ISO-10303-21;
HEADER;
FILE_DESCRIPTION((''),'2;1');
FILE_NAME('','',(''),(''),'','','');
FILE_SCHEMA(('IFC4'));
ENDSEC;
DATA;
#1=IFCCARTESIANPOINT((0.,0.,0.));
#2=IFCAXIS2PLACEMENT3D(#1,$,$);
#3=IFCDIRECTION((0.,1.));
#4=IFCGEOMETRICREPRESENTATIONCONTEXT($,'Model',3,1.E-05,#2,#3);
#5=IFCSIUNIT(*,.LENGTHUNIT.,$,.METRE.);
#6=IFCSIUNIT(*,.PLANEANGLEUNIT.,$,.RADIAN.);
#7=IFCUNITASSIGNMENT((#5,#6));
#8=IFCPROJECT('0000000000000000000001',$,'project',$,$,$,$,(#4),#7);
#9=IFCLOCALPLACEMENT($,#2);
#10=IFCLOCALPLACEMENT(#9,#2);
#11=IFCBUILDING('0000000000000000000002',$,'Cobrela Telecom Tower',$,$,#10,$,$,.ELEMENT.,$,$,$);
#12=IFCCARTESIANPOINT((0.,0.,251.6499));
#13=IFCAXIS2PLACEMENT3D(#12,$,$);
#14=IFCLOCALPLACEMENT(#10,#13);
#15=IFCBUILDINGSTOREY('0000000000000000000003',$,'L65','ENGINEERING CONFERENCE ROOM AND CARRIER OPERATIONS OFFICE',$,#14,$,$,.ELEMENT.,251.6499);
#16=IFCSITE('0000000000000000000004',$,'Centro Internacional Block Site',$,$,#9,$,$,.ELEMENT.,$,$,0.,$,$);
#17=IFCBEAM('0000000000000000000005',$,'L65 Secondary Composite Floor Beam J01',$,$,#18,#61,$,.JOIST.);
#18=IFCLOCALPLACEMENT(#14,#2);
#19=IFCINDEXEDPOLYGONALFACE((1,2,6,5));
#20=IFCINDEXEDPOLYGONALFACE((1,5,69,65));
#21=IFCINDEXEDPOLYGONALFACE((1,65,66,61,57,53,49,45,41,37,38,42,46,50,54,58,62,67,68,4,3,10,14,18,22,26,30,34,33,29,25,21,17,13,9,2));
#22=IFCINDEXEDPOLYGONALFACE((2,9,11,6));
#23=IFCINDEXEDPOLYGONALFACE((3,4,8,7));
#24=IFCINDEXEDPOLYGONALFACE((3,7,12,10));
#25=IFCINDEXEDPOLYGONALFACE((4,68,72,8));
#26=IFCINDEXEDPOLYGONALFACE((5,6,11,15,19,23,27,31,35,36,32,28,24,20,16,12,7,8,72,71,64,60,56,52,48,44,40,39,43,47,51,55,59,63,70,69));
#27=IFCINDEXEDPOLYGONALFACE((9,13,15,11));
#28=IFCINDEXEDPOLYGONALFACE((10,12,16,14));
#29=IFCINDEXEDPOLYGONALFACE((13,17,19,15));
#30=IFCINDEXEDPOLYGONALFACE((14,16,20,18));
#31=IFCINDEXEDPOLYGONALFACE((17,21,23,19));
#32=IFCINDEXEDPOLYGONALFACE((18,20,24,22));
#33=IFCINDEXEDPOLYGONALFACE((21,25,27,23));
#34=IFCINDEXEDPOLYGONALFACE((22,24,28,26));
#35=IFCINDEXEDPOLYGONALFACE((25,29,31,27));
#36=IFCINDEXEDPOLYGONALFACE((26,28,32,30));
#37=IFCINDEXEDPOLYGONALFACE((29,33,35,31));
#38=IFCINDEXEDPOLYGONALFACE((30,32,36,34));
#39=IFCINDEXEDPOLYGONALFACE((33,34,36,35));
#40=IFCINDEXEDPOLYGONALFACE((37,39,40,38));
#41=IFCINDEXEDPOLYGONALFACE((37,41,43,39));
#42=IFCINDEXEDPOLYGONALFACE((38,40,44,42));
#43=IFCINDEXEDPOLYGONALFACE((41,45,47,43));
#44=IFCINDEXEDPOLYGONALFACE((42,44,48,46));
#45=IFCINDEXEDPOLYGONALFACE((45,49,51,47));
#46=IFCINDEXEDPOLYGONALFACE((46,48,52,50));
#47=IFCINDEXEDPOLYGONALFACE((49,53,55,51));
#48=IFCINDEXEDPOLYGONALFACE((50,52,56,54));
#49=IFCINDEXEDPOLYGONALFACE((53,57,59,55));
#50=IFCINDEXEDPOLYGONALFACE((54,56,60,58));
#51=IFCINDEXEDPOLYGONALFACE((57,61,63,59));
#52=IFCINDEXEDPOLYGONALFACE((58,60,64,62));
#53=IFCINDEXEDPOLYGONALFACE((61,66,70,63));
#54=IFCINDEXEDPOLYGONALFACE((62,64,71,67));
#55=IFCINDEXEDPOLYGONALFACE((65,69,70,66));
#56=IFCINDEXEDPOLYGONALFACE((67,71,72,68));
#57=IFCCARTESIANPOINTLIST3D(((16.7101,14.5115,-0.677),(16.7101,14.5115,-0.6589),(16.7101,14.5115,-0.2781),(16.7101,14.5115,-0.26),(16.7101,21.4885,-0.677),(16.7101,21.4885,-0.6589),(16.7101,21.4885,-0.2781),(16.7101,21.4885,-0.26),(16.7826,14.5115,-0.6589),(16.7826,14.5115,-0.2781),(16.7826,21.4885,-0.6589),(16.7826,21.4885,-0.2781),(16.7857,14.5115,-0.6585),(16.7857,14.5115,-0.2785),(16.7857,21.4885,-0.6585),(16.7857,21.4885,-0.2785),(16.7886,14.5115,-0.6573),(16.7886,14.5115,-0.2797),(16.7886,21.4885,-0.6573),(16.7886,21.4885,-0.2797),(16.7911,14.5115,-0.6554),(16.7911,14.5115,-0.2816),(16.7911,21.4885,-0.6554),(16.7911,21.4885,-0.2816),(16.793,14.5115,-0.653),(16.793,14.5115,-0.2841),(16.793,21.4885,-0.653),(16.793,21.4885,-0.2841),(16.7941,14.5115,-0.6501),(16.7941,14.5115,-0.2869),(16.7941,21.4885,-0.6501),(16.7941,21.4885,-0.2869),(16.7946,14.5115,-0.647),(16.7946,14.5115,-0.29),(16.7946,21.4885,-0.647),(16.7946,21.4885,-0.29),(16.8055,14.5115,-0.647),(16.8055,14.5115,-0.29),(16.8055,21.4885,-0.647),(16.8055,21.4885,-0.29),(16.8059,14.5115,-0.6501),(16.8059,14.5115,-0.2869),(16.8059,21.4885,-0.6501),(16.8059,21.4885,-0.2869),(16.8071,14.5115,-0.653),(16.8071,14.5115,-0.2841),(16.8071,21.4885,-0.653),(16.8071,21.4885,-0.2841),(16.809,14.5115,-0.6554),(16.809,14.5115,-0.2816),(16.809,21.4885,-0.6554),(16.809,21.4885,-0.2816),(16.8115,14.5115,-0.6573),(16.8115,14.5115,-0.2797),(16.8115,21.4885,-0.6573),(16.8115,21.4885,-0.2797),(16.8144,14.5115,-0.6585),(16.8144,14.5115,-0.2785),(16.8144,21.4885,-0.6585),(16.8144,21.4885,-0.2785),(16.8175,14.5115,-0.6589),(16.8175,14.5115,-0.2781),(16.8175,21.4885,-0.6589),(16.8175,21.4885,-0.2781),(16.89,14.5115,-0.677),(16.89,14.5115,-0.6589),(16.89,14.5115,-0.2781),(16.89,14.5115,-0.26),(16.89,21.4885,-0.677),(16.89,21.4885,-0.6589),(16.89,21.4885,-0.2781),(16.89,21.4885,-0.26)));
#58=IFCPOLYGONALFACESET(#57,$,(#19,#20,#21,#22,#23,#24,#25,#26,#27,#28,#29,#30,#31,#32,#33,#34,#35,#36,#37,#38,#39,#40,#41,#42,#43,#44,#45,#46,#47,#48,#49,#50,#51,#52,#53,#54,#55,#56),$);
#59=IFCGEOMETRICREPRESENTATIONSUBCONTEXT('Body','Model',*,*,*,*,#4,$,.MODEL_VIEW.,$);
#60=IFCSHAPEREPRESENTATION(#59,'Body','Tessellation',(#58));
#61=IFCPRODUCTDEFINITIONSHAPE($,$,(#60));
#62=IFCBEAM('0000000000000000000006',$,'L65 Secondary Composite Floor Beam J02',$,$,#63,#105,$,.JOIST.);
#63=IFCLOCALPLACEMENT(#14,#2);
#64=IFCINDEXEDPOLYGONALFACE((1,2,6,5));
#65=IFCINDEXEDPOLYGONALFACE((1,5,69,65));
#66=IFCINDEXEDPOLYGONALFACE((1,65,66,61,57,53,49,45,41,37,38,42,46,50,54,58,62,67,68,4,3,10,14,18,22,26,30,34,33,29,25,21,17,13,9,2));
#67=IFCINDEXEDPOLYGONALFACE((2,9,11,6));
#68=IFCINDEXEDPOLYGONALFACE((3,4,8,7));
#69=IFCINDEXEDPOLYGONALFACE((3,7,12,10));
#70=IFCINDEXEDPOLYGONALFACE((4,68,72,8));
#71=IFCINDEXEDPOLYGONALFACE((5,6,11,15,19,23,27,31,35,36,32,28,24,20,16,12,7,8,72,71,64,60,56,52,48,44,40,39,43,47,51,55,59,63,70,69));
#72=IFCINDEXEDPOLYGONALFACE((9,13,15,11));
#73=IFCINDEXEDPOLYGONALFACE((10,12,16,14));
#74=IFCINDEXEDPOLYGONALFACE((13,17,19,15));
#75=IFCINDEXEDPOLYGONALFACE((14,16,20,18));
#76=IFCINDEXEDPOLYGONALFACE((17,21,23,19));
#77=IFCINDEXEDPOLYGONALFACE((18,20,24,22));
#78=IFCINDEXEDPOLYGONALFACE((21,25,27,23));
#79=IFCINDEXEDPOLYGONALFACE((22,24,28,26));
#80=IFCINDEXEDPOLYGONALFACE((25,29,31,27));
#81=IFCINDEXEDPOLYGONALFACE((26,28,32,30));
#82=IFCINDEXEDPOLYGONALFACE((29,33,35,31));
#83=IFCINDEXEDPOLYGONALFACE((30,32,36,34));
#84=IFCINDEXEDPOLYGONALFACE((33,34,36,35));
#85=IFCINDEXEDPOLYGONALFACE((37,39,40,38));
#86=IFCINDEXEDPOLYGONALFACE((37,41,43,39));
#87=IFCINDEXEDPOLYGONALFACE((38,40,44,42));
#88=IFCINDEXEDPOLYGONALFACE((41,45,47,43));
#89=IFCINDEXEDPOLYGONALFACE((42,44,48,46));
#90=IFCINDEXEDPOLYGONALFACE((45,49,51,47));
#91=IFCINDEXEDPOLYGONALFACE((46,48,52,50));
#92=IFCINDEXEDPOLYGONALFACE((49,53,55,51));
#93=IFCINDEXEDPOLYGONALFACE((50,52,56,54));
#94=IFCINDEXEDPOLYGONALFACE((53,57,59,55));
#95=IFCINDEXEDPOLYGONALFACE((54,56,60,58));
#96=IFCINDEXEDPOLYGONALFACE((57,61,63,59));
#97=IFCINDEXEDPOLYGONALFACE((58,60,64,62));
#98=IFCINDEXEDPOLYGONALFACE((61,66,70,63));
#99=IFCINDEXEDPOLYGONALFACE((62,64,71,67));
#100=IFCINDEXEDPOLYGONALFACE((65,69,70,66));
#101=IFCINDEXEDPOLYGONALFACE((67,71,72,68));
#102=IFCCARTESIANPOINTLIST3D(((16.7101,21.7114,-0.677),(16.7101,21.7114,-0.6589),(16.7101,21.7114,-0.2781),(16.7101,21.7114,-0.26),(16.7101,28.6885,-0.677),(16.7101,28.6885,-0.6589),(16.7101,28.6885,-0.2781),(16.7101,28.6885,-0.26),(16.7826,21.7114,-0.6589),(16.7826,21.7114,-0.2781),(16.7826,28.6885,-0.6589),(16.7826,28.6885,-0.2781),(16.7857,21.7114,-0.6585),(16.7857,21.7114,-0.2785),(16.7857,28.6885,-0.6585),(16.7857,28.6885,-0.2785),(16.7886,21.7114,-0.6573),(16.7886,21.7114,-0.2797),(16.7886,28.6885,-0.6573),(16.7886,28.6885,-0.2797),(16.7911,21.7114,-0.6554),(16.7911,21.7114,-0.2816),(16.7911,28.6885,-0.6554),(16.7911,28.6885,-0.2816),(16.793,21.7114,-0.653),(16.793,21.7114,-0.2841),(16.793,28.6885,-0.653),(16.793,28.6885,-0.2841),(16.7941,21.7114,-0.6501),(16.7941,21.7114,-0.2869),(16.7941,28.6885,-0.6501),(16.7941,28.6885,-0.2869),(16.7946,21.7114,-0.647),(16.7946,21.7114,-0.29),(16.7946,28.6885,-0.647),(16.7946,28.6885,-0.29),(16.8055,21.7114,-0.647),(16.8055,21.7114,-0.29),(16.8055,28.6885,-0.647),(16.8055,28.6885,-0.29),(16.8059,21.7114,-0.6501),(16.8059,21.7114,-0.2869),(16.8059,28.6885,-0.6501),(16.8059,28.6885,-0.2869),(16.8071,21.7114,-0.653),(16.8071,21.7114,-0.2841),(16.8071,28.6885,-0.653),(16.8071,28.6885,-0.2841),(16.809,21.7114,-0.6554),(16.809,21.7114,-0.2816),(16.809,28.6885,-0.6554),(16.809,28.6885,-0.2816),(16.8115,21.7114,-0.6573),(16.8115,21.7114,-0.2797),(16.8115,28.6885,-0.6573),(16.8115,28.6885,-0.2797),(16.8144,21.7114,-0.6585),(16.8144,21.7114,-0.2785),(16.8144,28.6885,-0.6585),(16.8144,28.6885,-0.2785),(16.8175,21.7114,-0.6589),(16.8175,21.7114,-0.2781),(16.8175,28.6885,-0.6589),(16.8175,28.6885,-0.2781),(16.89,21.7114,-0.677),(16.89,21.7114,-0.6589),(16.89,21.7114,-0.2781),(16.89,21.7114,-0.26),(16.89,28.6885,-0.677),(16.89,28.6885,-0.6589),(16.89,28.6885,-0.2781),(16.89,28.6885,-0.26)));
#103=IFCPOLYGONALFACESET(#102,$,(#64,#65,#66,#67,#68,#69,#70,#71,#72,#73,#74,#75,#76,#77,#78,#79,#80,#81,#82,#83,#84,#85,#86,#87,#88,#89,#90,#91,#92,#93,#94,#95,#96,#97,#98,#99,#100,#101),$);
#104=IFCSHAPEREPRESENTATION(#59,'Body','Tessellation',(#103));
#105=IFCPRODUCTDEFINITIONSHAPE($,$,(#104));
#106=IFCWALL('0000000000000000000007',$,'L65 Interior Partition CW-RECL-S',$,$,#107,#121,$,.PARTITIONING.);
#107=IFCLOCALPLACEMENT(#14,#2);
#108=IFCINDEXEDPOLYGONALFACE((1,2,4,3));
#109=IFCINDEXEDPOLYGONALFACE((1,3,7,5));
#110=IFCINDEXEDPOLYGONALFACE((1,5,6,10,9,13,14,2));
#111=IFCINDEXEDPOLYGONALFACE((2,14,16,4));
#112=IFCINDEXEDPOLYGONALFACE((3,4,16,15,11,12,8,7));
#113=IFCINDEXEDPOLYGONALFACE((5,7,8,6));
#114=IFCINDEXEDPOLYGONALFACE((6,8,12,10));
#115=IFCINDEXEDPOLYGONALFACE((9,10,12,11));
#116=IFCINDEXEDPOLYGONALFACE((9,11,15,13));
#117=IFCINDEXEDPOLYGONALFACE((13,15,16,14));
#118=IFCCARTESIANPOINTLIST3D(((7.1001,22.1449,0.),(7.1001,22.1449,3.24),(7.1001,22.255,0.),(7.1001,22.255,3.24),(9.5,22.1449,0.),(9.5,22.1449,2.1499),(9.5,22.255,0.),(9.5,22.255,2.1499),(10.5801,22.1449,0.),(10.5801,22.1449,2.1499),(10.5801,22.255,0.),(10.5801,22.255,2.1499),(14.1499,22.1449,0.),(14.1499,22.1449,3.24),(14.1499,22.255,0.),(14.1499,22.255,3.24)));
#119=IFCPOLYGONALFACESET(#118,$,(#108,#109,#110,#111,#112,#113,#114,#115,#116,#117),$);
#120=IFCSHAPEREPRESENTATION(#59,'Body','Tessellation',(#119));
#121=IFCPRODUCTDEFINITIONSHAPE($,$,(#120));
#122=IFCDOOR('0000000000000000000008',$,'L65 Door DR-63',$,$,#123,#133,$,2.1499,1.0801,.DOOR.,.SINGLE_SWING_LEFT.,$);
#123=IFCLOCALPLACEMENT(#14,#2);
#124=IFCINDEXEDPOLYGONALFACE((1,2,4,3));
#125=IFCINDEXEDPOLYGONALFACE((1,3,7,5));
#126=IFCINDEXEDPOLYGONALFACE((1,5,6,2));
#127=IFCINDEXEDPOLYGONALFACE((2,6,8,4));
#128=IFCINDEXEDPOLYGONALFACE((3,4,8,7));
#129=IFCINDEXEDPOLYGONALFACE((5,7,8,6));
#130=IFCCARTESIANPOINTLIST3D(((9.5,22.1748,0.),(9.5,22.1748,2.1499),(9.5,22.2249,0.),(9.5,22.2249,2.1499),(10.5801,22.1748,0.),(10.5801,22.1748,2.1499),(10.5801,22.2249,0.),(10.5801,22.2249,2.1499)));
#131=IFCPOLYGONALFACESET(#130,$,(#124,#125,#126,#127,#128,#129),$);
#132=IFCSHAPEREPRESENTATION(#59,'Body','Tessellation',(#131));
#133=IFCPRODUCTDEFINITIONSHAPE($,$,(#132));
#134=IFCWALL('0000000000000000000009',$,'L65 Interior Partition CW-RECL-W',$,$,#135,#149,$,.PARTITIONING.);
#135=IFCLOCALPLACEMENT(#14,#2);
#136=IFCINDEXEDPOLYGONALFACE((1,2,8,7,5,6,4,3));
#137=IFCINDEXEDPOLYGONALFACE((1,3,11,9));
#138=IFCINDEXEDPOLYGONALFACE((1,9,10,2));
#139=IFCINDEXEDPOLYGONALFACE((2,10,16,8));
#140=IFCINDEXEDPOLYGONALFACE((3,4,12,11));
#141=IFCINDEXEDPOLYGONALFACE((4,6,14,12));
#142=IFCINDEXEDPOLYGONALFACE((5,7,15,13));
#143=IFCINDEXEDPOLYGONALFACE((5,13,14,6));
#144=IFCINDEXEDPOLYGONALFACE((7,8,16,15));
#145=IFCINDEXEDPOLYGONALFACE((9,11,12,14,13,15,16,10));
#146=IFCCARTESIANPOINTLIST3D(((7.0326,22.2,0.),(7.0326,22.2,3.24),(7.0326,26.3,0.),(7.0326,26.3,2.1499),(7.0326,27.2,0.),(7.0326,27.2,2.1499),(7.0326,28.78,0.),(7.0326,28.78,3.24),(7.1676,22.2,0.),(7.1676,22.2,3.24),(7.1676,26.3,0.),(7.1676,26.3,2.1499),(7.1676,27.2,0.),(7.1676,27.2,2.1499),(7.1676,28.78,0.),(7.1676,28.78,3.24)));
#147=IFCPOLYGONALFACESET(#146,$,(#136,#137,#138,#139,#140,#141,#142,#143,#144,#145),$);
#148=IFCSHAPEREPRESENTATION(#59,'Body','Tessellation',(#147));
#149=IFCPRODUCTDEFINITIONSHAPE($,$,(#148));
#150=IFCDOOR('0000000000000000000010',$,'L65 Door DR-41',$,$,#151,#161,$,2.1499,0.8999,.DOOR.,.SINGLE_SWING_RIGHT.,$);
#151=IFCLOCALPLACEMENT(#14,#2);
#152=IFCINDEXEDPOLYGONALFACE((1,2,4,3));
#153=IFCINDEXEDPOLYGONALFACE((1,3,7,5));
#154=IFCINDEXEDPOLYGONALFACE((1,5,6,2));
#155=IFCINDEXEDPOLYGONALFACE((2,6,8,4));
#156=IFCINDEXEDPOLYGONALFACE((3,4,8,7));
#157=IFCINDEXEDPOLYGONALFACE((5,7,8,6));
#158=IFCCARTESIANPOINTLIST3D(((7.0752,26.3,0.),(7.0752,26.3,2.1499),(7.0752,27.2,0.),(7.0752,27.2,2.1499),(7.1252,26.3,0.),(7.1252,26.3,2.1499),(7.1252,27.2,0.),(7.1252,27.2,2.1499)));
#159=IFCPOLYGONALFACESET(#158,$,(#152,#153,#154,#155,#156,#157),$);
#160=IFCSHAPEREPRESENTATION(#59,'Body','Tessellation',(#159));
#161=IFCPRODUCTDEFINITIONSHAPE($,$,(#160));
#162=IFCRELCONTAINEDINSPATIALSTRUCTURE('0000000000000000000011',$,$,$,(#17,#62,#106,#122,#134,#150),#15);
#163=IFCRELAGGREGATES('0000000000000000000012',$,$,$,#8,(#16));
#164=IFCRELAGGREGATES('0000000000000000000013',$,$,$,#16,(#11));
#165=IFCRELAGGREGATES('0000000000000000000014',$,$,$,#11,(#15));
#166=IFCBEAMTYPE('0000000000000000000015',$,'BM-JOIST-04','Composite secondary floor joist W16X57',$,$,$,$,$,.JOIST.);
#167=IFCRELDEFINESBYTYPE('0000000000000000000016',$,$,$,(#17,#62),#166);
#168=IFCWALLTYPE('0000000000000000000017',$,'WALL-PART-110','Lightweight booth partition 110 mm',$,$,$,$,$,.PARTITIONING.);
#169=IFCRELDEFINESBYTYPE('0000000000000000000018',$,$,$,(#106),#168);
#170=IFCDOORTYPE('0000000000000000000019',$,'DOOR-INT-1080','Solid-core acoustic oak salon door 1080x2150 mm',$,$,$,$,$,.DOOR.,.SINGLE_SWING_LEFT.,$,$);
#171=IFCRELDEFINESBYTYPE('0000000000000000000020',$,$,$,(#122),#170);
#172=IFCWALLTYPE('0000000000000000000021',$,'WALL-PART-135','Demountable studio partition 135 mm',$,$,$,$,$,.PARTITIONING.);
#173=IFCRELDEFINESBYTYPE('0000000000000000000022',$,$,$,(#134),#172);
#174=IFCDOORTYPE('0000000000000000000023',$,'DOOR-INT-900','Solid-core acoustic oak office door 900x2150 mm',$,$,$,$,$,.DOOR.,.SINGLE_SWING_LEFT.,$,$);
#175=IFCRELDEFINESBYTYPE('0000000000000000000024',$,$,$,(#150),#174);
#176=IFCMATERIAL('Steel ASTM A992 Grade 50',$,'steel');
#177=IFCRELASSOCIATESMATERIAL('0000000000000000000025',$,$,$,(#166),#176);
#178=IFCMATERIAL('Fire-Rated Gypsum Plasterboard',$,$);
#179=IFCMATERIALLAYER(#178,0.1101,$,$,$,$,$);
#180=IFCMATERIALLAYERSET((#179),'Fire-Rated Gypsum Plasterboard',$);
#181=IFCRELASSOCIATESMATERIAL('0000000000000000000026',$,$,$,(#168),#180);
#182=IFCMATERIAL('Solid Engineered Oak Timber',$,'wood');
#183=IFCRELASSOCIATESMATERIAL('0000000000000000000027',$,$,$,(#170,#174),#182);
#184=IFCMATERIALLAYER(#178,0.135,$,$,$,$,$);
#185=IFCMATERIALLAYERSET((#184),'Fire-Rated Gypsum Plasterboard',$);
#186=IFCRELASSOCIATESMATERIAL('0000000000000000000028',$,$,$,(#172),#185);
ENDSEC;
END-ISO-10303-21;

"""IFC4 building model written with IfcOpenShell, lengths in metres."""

from ifc_helpers import new_model, si_unit, direction, frame, frame_2d, origin, origin_2d, place, context, subcontext, project, spatial, rectangle, i_section, extrude, material, layer, layer_set, material_profile, profile_set, type_object, element, fill, save


model = new_model("IFC4")

# Units and contexts
model_context = context("Model", 3, precision=1e-05, world=origin(), true_north=direction((0.0, 1.0)))
body_context = subcontext(model_context, "Body", "Model", "MODEL_VIEW")
ifc_project = project(units=[si_unit("LENGTHUNIT", "METRE"), si_unit("PLANEANGLEUNIT", "RADIAN")], contexts=[model_context])

# Site, building, storey
site_placement = place(None, origin())
site = spatial("IfcSite", under=ifc_project, at=site_placement, Name="Centro Internacional Block Site", CompositionType="ELEMENT", RefElevation=0.0)
building_placement = place(site_placement, origin())
building = spatial("IfcBuilding", under=site, at=building_placement, Name="Cobrela Telecom Tower", CompositionType="ELEMENT")
storey_placement = place(building_placement, frame((0.0, 0.0, 251.6499)))
storey = spatial("IfcBuildingStorey", under=building, at=storey_placement, Name="L65", Description="ENGINEERING CONFERENCE ROOM AND CARRIER OPERATIONS OFFICE", CompositionType="ELEMENT", Elevation=251.6499)

# Beams
ifc_material_1 = material(Name="Steel ASTM A992 Grade 50", Category="steel")
ifc_material_profile_1 = material_profile(ifc_material_1, i_section(OverallWidth=0.1799, OverallDepth=0.417, WebThickness=0.011, FlangeThickness=0.0181, FilletRadius=0.012, at=origin_2d()), Name="W16X57")
ifc_profile_set_1 = profile_set([ifc_material_profile_1], Name="Steel ASTM A992 Grade 50")
beam_type_1 = type_object("IfcBeamType", Name="BM-JOIST-04", Description="Composite secondary floor joist W16X57", PredefinedType="JOIST", material=ifc_profile_set_1)
for number, where, z_axis, x_axis, name in (
    (1, (16.8, 14.5115, -0.4685), (0.0, 1.0, 0.0), (-1.0, 0.0, 0.0), "L65 Secondary Composite Floor Beam J01"),
    (2, (16.8, 21.7114, -0.4685), (0.0, 1.0, 0.0), (-1.0, 0.0, 0.0), "L65 Secondary Composite Floor Beam J02"),
):
    element("IfcBeam", number, at=place(storey_placement, frame(where, z_axis=z_axis, x_axis=x_axis)), inside=storey, type_object=beam_type_1, Name=name, PredefinedType="JOIST", context=body_context, shape_type="SweptSolid", body=[
        extrude(i_section(OverallWidth=0.1799, OverallDepth=0.417, WebThickness=0.011, FlangeThickness=0.0181, FilletRadius=0.012, at=origin_2d()), origin(), (0.0, 0.0, 1.0), 6.9771),
    ])

# Walls, openings, doors
ifc_material_2 = material(Name="Fire-Rated Gypsum Plasterboard")
ifc_layer_1 = layer(ifc_material_2, 0.1101)
ifc_layer_set_1 = layer_set([ifc_layer_1], Name="Fire-Rated Gypsum Plasterboard")
wall_type_1 = type_object("IfcWallType", Name="WALL-PART-110", Description="Lightweight booth partition 110 mm", PredefinedType="PARTITIONING", material=ifc_layer_set_1)
wall_1_placement = place(storey_placement, frame((7.1001, 22.2, 0.0), z_axis=(0.0, 0.0, 1.0), x_axis=(1.0, 0.0, 0.0)))
wall_1 = element("IfcWall", 3, at=wall_1_placement, inside=storey, type_object=wall_type_1, Name="L65 Interior Partition CW-RECL-S", PredefinedType="PARTITIONING", context=body_context, shape_type="SweptSolid", body=[
    extrude(rectangle(XDim=7.0498, YDim=0.1101, at=frame_2d((3.5249, 0.0))), origin(), (0.0, 0.0, 1.0), 3.24),
])
opening_1_placement = place(wall_1_placement, frame((2.3999, 0.0, 0.0)))
opening_1 = element("IfcOpeningElement", 4, at=opening_1_placement, cuts=wall_1, PredefinedType="OPENING", context=body_context, shape_type="SweptSolid", body=[
    extrude(rectangle(XDim=1.0801, YDim=2.1499, at=frame_2d((0.54, 1.075))), frame((0.0, 0.0669, 0.0), z_axis=(0.0, -1.0, 0.0), x_axis=(1.0, 0.0, 0.0)), (0.0, 0.0, 1.0), 0.134),
])
ifc_material_3 = material(Name="Solid Engineered Oak Timber", Category="wood")
door_type_1 = type_object("IfcDoorType", Name="DOOR-INT-1080", Description="Solid-core acoustic oak salon door 1080x2150 mm", OperationType="SINGLE_SWING_LEFT", PredefinedType="DOOR", material=ifc_material_3)
door_1_placement = place(opening_1_placement, origin())
door_1 = element("IfcDoor", 5, at=door_1_placement, inside=storey, type_object=door_type_1, Name="L65 Door DR-63", OperationType="SINGLE_SWING_LEFT", OverallHeight=2.1499, OverallWidth=1.0801, PredefinedType="DOOR", context=body_context, shape_type="SweptSolid", body=[
    extrude(rectangle(XDim=1.0801, YDim=2.1499, at=frame_2d((0.54, 1.075))), frame((0.0, 0.0249, 0.0), z_axis=(0.0, -1.0, 0.0), x_axis=(1.0, 0.0, 0.0)), (0.0, 0.0, 1.0), 0.05),
])
fill(opening_1, door_1)
ifc_layer_2 = layer(ifc_material_2, 0.135)
ifc_layer_set_2 = layer_set([ifc_layer_2], Name="Fire-Rated Gypsum Plasterboard")
wall_type_2 = type_object("IfcWallType", Name="WALL-PART-135", Description="Demountable studio partition 135 mm", PredefinedType="PARTITIONING", material=ifc_layer_set_2)
wall_2_placement = place(storey_placement, frame((7.1001, 22.2, 0.0), z_axis=(0.0, 0.0, 1.0), x_axis=(0.0, 1.0, 0.0)))
wall_2 = element("IfcWall", 6, at=wall_2_placement, inside=storey, type_object=wall_type_2, Name="L65 Interior Partition CW-RECL-W", PredefinedType="PARTITIONING", context=body_context, shape_type="SweptSolid", body=[
    extrude(rectangle(XDim=6.5801, YDim=0.135, at=frame_2d((3.29, 0.0))), origin(), (0.0, 0.0, 1.0), 3.24),
])
opening_2_placement = place(wall_2_placement, frame((4.1001, 0.0, 0.0)))
opening_2 = element("IfcOpeningElement", 7, at=opening_2_placement, cuts=wall_2, PredefinedType="OPENING", context=body_context, shape_type="SweptSolid", body=[
    extrude(rectangle(XDim=0.8999, YDim=2.1499, at=frame_2d((0.45, 1.075))), frame((0.0, 0.0796, 0.0), z_axis=(0.0, -1.0, 0.0), x_axis=(1.0, 0.0, 0.0)), (0.0, 0.0, 1.0), 0.1589),
])
door_type_2 = type_object("IfcDoorType", Name="DOOR-INT-900", Description="Solid-core acoustic oak office door 900x2150 mm", OperationType="SINGLE_SWING_LEFT", PredefinedType="DOOR", material=ifc_material_3)
door_2_placement = place(opening_2_placement, origin())
door_2 = element("IfcDoor", 8, at=door_2_placement, inside=storey, type_object=door_type_2, Name="L65 Door DR-41", OperationType="SINGLE_SWING_RIGHT", OverallHeight=2.1499, OverallWidth=0.8999, PredefinedType="DOOR", context=body_context, shape_type="SweptSolid", body=[
    extrude(rectangle(XDim=0.8999, YDim=2.1499, at=frame_2d((0.45, 1.075))), frame((0.0, 0.0249, 0.0), z_axis=(0.0, -1.0, 0.0), x_axis=(1.0, 0.0, 0.0)), (0.0, 0.0, 1.0), 0.05),
])
fill(opening_2, door_2)

save(model, "model.ifc")
